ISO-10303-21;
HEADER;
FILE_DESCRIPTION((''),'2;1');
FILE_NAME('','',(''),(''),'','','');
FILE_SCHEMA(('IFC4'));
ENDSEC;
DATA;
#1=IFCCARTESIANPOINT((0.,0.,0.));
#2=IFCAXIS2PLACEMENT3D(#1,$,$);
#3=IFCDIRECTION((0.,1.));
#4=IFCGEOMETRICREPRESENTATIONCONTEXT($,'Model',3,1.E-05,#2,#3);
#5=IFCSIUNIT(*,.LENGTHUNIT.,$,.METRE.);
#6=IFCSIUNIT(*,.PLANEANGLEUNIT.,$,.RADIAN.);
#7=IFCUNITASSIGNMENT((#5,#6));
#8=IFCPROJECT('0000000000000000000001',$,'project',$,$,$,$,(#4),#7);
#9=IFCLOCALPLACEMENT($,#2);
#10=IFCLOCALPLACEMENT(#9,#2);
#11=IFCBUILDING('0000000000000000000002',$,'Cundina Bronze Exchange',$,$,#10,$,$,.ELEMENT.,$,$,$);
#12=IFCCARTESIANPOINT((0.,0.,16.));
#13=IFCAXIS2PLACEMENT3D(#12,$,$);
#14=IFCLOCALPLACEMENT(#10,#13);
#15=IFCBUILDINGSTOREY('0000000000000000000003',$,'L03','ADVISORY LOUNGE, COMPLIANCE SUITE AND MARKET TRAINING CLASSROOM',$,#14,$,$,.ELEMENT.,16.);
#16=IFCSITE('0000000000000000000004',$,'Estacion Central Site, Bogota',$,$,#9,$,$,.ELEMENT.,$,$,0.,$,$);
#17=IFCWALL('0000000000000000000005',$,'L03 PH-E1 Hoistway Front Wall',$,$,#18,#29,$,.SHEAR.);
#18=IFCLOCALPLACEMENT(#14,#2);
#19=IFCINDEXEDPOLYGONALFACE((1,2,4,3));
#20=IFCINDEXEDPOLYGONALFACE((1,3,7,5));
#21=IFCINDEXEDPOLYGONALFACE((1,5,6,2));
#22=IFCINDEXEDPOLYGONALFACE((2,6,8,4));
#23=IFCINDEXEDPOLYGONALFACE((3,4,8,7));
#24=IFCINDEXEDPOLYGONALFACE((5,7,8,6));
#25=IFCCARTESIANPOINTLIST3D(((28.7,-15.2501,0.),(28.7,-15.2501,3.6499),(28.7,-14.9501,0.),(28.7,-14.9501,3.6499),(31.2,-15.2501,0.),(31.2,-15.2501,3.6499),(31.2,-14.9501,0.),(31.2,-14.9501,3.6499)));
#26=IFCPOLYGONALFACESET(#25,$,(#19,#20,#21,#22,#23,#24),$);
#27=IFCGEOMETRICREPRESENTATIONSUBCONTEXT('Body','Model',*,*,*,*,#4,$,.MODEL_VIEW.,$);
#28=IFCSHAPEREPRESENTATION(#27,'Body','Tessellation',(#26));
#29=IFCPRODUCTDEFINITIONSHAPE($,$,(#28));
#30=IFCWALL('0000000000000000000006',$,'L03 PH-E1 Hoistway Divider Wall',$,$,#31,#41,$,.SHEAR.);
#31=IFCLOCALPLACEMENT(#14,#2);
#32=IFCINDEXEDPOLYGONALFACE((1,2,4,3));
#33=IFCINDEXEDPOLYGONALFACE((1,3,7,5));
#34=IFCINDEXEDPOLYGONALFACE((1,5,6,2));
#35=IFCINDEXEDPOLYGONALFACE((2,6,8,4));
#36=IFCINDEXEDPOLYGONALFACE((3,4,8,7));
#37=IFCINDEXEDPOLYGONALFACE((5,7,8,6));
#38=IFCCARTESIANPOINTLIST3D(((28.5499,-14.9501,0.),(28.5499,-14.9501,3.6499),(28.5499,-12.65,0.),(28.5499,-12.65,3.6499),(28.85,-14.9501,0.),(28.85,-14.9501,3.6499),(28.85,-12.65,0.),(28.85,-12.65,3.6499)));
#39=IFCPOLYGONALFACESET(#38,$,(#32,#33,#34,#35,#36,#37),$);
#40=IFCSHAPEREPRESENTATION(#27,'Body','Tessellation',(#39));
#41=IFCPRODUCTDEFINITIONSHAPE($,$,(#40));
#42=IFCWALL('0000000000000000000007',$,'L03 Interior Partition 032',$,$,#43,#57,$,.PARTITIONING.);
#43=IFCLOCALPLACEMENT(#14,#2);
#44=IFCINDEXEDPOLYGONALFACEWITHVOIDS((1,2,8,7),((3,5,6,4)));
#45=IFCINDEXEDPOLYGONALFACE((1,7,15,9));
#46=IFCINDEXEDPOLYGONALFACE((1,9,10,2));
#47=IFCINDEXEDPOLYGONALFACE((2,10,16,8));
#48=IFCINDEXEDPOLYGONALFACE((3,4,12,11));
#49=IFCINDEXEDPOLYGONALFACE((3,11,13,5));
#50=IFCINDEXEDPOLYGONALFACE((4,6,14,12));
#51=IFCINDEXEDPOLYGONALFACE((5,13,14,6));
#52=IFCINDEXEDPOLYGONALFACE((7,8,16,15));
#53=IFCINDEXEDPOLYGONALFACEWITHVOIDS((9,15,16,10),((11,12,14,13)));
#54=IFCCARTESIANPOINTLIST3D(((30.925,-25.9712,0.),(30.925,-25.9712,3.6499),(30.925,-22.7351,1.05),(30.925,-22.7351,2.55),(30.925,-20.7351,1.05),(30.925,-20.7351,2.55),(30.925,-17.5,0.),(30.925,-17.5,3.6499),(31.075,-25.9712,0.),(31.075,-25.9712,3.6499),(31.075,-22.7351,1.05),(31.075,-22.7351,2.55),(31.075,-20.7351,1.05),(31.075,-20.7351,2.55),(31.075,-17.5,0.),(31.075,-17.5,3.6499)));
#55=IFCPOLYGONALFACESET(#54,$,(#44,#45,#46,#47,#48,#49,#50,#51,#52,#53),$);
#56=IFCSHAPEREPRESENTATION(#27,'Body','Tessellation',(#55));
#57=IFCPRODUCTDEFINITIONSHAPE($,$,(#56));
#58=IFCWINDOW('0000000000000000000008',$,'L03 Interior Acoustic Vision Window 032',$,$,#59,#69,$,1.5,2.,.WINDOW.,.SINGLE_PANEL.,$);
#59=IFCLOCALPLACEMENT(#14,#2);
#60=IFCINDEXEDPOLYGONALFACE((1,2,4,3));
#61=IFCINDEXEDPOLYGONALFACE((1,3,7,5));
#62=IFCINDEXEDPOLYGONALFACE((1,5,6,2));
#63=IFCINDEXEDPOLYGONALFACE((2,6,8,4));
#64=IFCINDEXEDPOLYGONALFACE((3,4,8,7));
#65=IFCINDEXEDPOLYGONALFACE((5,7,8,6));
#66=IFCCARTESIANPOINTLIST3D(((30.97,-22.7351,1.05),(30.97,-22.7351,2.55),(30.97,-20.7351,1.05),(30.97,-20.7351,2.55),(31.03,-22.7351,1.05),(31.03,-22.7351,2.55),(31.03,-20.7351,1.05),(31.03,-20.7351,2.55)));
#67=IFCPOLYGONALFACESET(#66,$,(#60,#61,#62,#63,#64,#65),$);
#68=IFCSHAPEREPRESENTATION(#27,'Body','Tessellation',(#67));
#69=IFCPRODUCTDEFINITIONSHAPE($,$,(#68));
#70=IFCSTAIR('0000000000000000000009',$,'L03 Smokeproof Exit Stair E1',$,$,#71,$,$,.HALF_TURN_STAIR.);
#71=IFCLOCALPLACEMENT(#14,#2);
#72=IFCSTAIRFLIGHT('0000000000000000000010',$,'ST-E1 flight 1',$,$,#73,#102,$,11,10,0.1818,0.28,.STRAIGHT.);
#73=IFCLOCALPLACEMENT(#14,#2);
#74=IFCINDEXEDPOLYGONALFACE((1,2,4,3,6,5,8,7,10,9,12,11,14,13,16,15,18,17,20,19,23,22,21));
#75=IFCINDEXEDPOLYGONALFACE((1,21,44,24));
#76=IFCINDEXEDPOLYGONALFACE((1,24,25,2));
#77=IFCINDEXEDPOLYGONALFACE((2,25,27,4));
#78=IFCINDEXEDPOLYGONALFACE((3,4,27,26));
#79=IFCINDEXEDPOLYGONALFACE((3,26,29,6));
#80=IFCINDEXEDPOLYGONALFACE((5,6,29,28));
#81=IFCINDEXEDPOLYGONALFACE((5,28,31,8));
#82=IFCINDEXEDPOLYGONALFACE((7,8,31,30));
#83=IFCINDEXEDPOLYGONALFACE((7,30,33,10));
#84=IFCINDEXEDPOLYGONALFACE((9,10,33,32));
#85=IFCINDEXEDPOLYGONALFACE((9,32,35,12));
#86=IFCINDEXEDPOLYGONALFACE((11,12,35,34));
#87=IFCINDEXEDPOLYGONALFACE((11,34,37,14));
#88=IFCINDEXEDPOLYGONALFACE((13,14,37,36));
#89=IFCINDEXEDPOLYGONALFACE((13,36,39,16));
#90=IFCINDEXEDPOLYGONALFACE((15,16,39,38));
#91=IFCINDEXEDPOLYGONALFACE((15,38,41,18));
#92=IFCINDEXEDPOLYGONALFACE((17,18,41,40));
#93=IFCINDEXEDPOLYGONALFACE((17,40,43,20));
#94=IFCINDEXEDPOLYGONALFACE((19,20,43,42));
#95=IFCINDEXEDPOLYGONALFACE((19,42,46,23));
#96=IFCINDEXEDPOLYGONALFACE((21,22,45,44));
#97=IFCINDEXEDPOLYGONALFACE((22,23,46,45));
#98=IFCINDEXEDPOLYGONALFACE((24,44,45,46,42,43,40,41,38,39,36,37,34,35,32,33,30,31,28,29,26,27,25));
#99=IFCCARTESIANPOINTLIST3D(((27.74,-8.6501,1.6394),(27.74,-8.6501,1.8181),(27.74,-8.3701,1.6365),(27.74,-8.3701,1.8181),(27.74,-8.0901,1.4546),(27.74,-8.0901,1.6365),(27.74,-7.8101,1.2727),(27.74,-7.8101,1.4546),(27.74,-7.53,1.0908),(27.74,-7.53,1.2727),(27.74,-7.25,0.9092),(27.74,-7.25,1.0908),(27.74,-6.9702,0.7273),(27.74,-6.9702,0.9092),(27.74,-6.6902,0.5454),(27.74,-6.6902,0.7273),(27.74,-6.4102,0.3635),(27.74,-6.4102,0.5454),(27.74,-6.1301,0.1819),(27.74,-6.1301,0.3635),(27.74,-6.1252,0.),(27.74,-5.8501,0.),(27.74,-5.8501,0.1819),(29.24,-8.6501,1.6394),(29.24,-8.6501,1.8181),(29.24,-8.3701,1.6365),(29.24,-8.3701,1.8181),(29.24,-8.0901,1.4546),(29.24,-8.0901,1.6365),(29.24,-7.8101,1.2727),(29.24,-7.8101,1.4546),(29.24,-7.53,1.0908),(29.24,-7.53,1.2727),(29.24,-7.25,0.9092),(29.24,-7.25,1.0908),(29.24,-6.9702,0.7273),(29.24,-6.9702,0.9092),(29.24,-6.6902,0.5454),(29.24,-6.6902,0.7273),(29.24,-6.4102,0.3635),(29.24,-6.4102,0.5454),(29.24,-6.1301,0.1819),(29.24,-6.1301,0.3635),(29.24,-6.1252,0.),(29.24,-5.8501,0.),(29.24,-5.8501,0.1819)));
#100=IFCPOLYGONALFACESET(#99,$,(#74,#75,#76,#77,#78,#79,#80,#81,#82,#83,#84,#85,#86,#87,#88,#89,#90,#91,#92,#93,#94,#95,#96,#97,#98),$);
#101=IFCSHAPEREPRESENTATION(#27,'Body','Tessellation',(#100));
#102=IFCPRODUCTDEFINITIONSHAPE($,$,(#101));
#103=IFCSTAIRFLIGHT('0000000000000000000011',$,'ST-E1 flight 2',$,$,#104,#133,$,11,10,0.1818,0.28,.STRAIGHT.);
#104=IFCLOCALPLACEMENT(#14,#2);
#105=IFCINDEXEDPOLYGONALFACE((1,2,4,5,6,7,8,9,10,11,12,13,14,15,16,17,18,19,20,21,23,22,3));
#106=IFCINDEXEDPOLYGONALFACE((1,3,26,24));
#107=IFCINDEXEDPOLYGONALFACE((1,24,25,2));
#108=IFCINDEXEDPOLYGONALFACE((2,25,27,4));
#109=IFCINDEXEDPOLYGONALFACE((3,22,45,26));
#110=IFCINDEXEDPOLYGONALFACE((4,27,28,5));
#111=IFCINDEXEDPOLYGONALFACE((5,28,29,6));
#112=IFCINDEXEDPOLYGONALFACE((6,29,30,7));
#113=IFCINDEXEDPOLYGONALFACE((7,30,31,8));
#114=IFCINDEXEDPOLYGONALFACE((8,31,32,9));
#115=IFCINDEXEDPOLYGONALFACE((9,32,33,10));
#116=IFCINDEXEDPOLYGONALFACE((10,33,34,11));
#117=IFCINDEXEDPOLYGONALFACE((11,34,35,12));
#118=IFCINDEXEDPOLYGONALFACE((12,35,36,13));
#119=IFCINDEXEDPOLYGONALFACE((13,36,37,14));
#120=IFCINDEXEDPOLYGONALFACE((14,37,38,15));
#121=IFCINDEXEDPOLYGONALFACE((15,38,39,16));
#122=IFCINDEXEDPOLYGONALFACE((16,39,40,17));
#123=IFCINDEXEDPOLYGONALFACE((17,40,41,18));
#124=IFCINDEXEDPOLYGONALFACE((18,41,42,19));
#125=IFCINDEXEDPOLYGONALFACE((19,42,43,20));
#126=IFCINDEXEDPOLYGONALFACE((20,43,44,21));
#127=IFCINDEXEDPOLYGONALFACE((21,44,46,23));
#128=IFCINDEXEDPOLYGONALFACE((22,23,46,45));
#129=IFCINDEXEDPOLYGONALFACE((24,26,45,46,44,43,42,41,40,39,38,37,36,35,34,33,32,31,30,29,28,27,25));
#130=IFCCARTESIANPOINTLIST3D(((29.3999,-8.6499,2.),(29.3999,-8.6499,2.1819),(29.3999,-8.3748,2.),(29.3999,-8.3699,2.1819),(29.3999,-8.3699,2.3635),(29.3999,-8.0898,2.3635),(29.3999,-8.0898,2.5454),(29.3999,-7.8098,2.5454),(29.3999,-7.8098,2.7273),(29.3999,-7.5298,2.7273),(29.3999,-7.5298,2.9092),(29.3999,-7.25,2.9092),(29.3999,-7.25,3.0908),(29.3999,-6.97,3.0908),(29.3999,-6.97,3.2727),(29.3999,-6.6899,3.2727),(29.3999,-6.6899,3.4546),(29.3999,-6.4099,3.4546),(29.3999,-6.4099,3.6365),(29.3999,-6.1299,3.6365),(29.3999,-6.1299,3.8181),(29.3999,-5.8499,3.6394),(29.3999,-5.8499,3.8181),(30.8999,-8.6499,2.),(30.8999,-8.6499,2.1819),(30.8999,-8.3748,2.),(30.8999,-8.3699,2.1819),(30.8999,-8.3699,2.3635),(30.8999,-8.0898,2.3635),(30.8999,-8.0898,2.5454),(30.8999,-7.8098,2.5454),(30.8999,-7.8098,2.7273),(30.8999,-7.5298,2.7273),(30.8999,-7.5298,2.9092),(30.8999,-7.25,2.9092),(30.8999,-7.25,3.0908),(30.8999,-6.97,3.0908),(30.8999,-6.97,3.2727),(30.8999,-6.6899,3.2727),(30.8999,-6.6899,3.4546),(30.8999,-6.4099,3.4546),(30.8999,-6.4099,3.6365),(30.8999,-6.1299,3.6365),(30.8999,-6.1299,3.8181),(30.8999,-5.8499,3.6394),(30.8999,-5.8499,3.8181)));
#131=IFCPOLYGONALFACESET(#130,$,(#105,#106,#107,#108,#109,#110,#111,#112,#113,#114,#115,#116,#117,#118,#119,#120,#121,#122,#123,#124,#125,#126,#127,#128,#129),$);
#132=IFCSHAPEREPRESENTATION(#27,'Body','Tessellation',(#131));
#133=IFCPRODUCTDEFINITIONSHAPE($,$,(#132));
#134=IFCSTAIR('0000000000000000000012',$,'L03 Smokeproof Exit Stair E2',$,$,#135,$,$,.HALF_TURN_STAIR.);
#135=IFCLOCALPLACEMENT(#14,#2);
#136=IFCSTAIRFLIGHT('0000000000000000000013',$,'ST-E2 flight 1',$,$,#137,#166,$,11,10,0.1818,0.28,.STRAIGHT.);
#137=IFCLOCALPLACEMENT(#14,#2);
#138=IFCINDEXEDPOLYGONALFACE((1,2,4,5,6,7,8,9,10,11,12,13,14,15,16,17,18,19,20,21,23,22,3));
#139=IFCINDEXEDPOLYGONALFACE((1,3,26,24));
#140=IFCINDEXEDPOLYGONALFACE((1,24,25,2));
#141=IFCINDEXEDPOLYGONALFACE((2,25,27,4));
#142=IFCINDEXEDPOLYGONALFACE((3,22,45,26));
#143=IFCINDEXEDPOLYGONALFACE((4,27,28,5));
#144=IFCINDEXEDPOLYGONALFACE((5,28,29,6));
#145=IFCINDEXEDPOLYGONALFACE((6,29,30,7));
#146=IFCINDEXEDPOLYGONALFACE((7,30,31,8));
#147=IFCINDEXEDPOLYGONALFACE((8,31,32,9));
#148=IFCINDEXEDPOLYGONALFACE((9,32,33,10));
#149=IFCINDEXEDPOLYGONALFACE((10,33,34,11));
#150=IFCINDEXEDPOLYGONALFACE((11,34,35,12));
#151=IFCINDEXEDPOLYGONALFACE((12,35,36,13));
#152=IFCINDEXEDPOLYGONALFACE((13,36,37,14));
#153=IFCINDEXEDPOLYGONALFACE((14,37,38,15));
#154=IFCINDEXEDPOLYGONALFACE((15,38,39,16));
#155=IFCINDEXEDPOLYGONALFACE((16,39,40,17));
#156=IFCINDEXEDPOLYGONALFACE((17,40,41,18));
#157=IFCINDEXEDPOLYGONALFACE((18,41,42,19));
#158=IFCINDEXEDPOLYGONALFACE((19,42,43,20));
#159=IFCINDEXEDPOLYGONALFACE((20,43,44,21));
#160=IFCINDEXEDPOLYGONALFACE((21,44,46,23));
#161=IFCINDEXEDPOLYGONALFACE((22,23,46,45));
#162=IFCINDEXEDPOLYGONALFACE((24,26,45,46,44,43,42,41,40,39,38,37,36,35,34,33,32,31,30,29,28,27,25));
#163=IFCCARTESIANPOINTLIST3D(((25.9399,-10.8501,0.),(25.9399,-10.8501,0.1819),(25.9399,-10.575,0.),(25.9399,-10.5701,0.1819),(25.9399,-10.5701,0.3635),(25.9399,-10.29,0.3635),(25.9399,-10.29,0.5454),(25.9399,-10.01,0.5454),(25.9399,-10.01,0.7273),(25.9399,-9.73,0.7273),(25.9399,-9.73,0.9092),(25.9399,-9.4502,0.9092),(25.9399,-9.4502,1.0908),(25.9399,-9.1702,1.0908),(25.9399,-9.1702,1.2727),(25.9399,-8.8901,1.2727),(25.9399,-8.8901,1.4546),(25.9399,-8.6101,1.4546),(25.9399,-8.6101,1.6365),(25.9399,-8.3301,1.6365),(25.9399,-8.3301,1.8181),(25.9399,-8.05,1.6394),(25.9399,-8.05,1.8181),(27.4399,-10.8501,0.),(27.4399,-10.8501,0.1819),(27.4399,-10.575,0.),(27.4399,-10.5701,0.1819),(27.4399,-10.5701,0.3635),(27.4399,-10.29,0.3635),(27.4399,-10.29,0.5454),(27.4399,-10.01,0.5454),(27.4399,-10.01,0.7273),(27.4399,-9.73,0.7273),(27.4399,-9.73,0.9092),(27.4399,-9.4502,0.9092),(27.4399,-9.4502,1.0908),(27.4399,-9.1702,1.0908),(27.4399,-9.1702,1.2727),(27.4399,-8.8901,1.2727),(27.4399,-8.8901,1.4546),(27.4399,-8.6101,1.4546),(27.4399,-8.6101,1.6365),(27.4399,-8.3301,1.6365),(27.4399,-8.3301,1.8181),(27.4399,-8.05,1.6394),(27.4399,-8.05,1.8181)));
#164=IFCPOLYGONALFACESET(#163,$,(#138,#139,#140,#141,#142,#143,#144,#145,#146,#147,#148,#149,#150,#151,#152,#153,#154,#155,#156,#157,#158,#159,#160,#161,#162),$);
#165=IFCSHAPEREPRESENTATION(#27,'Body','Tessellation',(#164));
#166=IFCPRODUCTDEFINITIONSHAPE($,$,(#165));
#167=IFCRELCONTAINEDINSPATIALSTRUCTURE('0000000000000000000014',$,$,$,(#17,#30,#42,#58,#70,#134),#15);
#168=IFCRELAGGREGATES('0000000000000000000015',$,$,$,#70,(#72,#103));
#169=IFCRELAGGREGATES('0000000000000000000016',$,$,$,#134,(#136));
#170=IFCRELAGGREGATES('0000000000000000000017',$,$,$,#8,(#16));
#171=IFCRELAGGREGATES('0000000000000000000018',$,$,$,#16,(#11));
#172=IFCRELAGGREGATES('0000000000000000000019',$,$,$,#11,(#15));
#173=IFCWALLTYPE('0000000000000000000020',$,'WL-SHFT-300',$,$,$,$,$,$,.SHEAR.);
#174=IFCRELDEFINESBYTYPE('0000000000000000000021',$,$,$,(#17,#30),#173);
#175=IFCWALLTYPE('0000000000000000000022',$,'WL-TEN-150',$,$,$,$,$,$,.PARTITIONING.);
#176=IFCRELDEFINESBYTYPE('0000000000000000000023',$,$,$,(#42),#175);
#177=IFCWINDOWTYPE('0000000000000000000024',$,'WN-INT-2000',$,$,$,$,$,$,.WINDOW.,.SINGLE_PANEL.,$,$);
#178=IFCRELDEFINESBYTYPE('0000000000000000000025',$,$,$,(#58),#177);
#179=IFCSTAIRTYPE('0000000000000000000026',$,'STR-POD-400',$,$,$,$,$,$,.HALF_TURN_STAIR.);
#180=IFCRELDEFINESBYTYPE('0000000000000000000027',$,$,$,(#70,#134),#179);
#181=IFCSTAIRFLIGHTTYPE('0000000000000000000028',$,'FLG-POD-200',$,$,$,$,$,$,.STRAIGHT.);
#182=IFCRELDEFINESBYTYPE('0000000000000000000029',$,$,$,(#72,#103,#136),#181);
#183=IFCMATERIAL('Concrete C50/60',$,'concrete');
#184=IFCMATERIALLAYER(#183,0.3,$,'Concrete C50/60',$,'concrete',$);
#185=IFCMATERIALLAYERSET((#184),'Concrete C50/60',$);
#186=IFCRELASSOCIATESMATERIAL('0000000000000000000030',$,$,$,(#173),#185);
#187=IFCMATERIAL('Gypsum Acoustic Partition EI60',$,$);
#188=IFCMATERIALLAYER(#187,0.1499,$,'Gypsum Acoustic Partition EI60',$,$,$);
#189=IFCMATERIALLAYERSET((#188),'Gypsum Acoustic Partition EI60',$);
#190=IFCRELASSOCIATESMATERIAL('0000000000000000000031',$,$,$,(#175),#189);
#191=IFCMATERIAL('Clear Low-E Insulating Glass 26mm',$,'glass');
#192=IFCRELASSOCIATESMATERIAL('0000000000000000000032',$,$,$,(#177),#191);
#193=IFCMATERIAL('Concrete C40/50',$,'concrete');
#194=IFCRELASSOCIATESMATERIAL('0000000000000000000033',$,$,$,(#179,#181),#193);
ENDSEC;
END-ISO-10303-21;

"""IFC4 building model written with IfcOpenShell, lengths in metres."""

from ifc_helpers import new_model, si_unit, direction, frame, frame_2d, origin, place, context, subcontext, project, spatial, polyline, rectangle, outline, extrude, material, layer, layer_set, type_object, element, fill, aggregate, save


model = new_model("IFC4")

# Units and contexts
model_context = context("Model", 3, precision=1e-05, world=origin(), true_north=direction((0.0, 1.0)))
body_context = subcontext(model_context, "Body", "Model", "MODEL_VIEW")
ifc_project = project(units=[si_unit("LENGTHUNIT", "METRE"), si_unit("PLANEANGLEUNIT", "RADIAN")], contexts=[model_context])

# Site, building, storey
site_placement = place(None, origin())
site = spatial("IfcSite", under=ifc_project, at=site_placement, Name="Estacion Central Site, Bogota", CompositionType="ELEMENT", RefElevation=0.0)
building_placement = place(site_placement, origin())
building = spatial("IfcBuilding", under=site, at=building_placement, Name="Cundina Bronze Exchange", CompositionType="ELEMENT")
storey_placement = place(building_placement, frame((0.0, 0.0, 16.0)))
storey = spatial("IfcBuildingStorey", under=building, at=storey_placement, Name="L03", Description="ADVISORY LOUNGE, COMPLIANCE SUITE AND MARKET TRAINING CLASSROOM", CompositionType="ELEMENT", Elevation=16.0)

# Shared definitions
ifc_material_1 = material(Name="Concrete C40/50", Category="concrete")

# Shared definitions
ifc_material_2 = material(Name="Concrete C50/60", Category="concrete")
ifc_layer_1 = layer(ifc_material_2, 0.3, Name="Concrete C50/60", Category="concrete")
ifc_layer_set_1 = layer_set([ifc_layer_1], Name="Concrete C50/60")
wall_type_1 = type_object("IfcWallType", Name="WL-SHFT-300", PredefinedType="SHEAR", material=ifc_layer_set_1)

# Walls
wall_1_placement = place(storey_placement, frame((28.7, -15.1001, 0.0), z_axis=(0.0, 0.0, 1.0), x_axis=(1.0, 0.0, 0.0)))
element("IfcWall", 1, at=wall_1_placement, inside=storey, type_object=wall_type_1, Name="L03 PH-E1 Hoistway Front Wall", PredefinedType="SHEAR", context=body_context, shape_type="SweptSolid", body=[
    extrude(rectangle(XDim=2.5, YDim=0.3, at=frame_2d((1.25, 0.0))), origin(), (0.0, 0.0, 1.0), 3.6499),
])
wall_2_placement = place(storey_placement, frame((28.7, -14.95, 0.0), z_axis=(0.0, 0.0, 1.0), x_axis=(0.0, 1.0, 0.0)))
element("IfcWall", 2, at=wall_2_placement, inside=storey, type_object=wall_type_1, Name="L03 PH-E1 Hoistway Divider Wall", PredefinedType="SHEAR", context=body_context, shape_type="SweptSolid", body=[
    extrude(rectangle(XDim=2.3, YDim=0.3, at=frame_2d((1.1499, 0.0))), origin(), (0.0, 0.0, 1.0), 3.6499),
])

# Wall, opening, window
ifc_material_3 = material(Name="Gypsum Acoustic Partition EI60")
ifc_layer_2 = layer(ifc_material_3, 0.1499, Name="Gypsum Acoustic Partition EI60")
ifc_layer_set_2 = layer_set([ifc_layer_2], Name="Gypsum Acoustic Partition EI60")
wall_type_2 = type_object("IfcWallType", Name="WL-TEN-150", PredefinedType="PARTITIONING", material=ifc_layer_set_2)
wall_3_placement = place(storey_placement, frame((31.0, -25.9712, 0.0), z_axis=(0.0, 0.0, 1.0), x_axis=(0.0, 1.0, 0.0)))
wall_3 = element("IfcWall", 3, at=wall_3_placement, inside=storey, type_object=wall_type_2, Name="L03 Interior Partition 032", PredefinedType="PARTITIONING", context=body_context, shape_type="SweptSolid", body=[
    extrude(rectangle(XDim=8.4712, YDim=0.1499, at=frame_2d((4.2356, 0.0))), origin(), (0.0, 0.0, 1.0), 3.6499),
])
opening_1_placement = place(wall_3_placement, frame((3.2361, 0.0, 1.05)))
opening_1 = element("IfcOpeningElement", 4, at=opening_1_placement, cuts=wall_3, PredefinedType="OPENING", context=body_context, shape_type="SweptSolid", body=[
    extrude(rectangle(XDim=2.0, YDim=1.5, at=frame_2d((1.0, 0.75))), frame((0.0, 0.085, 0.0), z_axis=(0.0, -1.0, 0.0), x_axis=(1.0, 0.0, 0.0)), (0.0, 0.0, 1.0), 0.1699),
])
ifc_material_4 = material(Name="Clear Low-E Insulating Glass 26mm", Category="glass")
window_type_1 = type_object("IfcWindowType", Name="WN-INT-2000", PartitioningType="SINGLE_PANEL", PredefinedType="WINDOW", material=ifc_material_4)
window_1_placement = place(opening_1_placement, origin())
window_1 = element("IfcWindow", 5, at=window_1_placement, inside=storey, type_object=window_type_1, Name="L03 Interior Acoustic Vision Window 032", OverallHeight=1.5, OverallWidth=2.0, PartitioningType="SINGLE_PANEL", PredefinedType="WINDOW", context=body_context, shape_type="SweptSolid", body=[
    extrude(rectangle(XDim=2.0, YDim=1.5, at=frame_2d((1.0, 0.75))), frame((0.0, 0.03, 0.0), z_axis=(0.0, -1.0, 0.0), x_axis=(1.0, 0.0, 0.0)), (0.0, 0.0, 1.0), 0.0601),
])
fill(opening_1, window_1)

# Stair, stair flights
stair_type = type_object("IfcStairType", Name="STR-POD-400", PredefinedType="HALF_TURN_STAIR", material=ifc_material_1)
stair_1_placement = place(storey_placement, origin())
stair_1 = element("IfcStair", 6, at=stair_1_placement, inside=storey, type_object=stair_type, Name="L03 Smokeproof Exit Stair E1", PredefinedType="HALF_TURN_STAIR")
stair_flight_type = type_object("IfcStairFlightType", Name="FLG-POD-200", PredefinedType="STRAIGHT", material=ifc_material_1)
stair_flight_1_placement = place(storey_placement, frame((28.49, -5.8501, 0.0), z_axis=(0.0, 0.0, 1.0), x_axis=(0.0, -1.0, 0.0)))
stair_flight_1 = element("IfcStairFlight", 7, at=stair_flight_1_placement, type_object=stair_flight_type, Name="ST-E1 flight 1", NumberOfRisers=11, NumberOfTreads=10, PredefinedType="STRAIGHT", RiserHeight=0.1818, TreadLength=0.28, context=body_context, shape_type="SweptSolid", body=[
    extrude(outline(polyline([(0.0, 0.0), (0.0, 0.1819), (0.28, 0.1819), (0.28, 0.3635), (0.5601, 0.3635), (0.5601, 0.5454), (0.8401, 0.5454), (0.8401, 0.7273), (1.1201, 0.7273), (1.1201, 0.9092), (1.3999, 0.9092), (1.3999, 1.0908), (1.6799, 1.0908), (1.6799, 1.2727), (1.96, 1.2727), (1.96, 1.4546), (2.24, 1.4546), (2.24, 1.6365), (2.52, 1.6365), (2.52, 1.8181), (2.8, 1.8181), (2.8, 2.0), (2.8, 1.6394), (0.2751, 0.0), (0.0, 0.0)])), frame((0.0, 0.75, 0.0), z_axis=(0.0, -1.0, 0.0), x_axis=(1.0, 0.0, 0.0)), (0.0, 0.0, 1.0), 1.5),
])
stair_flight_2_placement = place(storey_placement, frame((30.1499, -8.6499, 2.0), z_axis=(0.0, 0.0, 1.0), x_axis=(0.0, 1.0, 0.0)))
stair_flight_2 = element("IfcStairFlight", 8, at=stair_flight_2_placement, type_object=stair_flight_type, Name="ST-E1 flight 2", NumberOfRisers=11, NumberOfTreads=10, PredefinedType="STRAIGHT", RiserHeight=0.1818, TreadLength=0.28, context=body_context, shape_type="SweptSolid", body=[
    extrude(outline(polyline([(0.0, 0.0), (0.0, 0.1819), (0.28, 0.1819), (0.28, 0.3635), (0.5601, 0.3635), (0.5601, 0.5454), (0.8401, 0.5454), (0.8401, 0.7273), (1.1201, 0.7273), (1.1201, 0.9092), (1.3999, 0.9092), (1.3999, 1.0908), (1.6799, 1.0908), (1.6799, 1.2727), (1.96, 1.2727), (1.96, 1.4546), (2.24, 1.4546), (2.24, 1.6365), (2.52, 1.6365), (2.52, 1.8181), (2.8, 1.8181), (2.8, 2.0), (2.8, 1.6394), (0.2751, 0.0), (0.0, 0.0)])), frame((0.0, 0.75, 0.0), z_axis=(0.0, -1.0, 0.0), x_axis=(1.0, 0.0, 0.0)), (0.0, 0.0, 1.0), 1.5),
])
aggregate(stair_1, [stair_flight_1, stair_flight_2])

# Stair, stair flight
stair_2_placement = place(storey_placement, origin())
stair_2 = element("IfcStair", 9, at=stair_2_placement, inside=storey, type_object=stair_type, Name="L03 Smokeproof Exit Stair E2", PredefinedType="HALF_TURN_STAIR")
stair_flight_3_placement = place(storey_placement, frame((26.6899, -10.8501, 0.0), z_axis=(0.0, 0.0, 1.0), x_axis=(0.0, 1.0, 0.0)))
stair_flight_3 = element("IfcStairFlight", 10, at=stair_flight_3_placement, type_object=stair_flight_type, Name="ST-E2 flight 1", NumberOfRisers=11, NumberOfTreads=10, PredefinedType="STRAIGHT", RiserHeight=0.1818, TreadLength=0.28, context=body_context, shape_type="SweptSolid", body=[
    extrude(outline(polyline([(0.0, 0.0), (0.0, 0.1819), (0.28, 0.1819), (0.28, 0.3635), (0.5601, 0.3635), (0.5601, 0.5454), (0.8401, 0.5454), (0.8401, 0.7273), (1.1201, 0.7273), (1.1201, 0.9092), (1.3999, 0.9092), (1.3999, 1.0908), (1.6799, 1.0908), (1.6799, 1.2727), (1.96, 1.2727), (1.96, 1.4546), (2.24, 1.4546), (2.24, 1.6365), (2.52, 1.6365), (2.52, 1.8181), (2.8, 1.8181), (2.8, 2.0), (2.8, 1.6394), (0.2751, 0.0), (0.0, 0.0)])), frame((0.0, 0.75, 0.0), z_axis=(0.0, -1.0, 0.0), x_axis=(1.0, 0.0, 0.0)), (0.0, 0.0, 1.0), 1.5),
])
aggregate(stair_2, [stair_flight_3])

save(model, "model.ifc")
